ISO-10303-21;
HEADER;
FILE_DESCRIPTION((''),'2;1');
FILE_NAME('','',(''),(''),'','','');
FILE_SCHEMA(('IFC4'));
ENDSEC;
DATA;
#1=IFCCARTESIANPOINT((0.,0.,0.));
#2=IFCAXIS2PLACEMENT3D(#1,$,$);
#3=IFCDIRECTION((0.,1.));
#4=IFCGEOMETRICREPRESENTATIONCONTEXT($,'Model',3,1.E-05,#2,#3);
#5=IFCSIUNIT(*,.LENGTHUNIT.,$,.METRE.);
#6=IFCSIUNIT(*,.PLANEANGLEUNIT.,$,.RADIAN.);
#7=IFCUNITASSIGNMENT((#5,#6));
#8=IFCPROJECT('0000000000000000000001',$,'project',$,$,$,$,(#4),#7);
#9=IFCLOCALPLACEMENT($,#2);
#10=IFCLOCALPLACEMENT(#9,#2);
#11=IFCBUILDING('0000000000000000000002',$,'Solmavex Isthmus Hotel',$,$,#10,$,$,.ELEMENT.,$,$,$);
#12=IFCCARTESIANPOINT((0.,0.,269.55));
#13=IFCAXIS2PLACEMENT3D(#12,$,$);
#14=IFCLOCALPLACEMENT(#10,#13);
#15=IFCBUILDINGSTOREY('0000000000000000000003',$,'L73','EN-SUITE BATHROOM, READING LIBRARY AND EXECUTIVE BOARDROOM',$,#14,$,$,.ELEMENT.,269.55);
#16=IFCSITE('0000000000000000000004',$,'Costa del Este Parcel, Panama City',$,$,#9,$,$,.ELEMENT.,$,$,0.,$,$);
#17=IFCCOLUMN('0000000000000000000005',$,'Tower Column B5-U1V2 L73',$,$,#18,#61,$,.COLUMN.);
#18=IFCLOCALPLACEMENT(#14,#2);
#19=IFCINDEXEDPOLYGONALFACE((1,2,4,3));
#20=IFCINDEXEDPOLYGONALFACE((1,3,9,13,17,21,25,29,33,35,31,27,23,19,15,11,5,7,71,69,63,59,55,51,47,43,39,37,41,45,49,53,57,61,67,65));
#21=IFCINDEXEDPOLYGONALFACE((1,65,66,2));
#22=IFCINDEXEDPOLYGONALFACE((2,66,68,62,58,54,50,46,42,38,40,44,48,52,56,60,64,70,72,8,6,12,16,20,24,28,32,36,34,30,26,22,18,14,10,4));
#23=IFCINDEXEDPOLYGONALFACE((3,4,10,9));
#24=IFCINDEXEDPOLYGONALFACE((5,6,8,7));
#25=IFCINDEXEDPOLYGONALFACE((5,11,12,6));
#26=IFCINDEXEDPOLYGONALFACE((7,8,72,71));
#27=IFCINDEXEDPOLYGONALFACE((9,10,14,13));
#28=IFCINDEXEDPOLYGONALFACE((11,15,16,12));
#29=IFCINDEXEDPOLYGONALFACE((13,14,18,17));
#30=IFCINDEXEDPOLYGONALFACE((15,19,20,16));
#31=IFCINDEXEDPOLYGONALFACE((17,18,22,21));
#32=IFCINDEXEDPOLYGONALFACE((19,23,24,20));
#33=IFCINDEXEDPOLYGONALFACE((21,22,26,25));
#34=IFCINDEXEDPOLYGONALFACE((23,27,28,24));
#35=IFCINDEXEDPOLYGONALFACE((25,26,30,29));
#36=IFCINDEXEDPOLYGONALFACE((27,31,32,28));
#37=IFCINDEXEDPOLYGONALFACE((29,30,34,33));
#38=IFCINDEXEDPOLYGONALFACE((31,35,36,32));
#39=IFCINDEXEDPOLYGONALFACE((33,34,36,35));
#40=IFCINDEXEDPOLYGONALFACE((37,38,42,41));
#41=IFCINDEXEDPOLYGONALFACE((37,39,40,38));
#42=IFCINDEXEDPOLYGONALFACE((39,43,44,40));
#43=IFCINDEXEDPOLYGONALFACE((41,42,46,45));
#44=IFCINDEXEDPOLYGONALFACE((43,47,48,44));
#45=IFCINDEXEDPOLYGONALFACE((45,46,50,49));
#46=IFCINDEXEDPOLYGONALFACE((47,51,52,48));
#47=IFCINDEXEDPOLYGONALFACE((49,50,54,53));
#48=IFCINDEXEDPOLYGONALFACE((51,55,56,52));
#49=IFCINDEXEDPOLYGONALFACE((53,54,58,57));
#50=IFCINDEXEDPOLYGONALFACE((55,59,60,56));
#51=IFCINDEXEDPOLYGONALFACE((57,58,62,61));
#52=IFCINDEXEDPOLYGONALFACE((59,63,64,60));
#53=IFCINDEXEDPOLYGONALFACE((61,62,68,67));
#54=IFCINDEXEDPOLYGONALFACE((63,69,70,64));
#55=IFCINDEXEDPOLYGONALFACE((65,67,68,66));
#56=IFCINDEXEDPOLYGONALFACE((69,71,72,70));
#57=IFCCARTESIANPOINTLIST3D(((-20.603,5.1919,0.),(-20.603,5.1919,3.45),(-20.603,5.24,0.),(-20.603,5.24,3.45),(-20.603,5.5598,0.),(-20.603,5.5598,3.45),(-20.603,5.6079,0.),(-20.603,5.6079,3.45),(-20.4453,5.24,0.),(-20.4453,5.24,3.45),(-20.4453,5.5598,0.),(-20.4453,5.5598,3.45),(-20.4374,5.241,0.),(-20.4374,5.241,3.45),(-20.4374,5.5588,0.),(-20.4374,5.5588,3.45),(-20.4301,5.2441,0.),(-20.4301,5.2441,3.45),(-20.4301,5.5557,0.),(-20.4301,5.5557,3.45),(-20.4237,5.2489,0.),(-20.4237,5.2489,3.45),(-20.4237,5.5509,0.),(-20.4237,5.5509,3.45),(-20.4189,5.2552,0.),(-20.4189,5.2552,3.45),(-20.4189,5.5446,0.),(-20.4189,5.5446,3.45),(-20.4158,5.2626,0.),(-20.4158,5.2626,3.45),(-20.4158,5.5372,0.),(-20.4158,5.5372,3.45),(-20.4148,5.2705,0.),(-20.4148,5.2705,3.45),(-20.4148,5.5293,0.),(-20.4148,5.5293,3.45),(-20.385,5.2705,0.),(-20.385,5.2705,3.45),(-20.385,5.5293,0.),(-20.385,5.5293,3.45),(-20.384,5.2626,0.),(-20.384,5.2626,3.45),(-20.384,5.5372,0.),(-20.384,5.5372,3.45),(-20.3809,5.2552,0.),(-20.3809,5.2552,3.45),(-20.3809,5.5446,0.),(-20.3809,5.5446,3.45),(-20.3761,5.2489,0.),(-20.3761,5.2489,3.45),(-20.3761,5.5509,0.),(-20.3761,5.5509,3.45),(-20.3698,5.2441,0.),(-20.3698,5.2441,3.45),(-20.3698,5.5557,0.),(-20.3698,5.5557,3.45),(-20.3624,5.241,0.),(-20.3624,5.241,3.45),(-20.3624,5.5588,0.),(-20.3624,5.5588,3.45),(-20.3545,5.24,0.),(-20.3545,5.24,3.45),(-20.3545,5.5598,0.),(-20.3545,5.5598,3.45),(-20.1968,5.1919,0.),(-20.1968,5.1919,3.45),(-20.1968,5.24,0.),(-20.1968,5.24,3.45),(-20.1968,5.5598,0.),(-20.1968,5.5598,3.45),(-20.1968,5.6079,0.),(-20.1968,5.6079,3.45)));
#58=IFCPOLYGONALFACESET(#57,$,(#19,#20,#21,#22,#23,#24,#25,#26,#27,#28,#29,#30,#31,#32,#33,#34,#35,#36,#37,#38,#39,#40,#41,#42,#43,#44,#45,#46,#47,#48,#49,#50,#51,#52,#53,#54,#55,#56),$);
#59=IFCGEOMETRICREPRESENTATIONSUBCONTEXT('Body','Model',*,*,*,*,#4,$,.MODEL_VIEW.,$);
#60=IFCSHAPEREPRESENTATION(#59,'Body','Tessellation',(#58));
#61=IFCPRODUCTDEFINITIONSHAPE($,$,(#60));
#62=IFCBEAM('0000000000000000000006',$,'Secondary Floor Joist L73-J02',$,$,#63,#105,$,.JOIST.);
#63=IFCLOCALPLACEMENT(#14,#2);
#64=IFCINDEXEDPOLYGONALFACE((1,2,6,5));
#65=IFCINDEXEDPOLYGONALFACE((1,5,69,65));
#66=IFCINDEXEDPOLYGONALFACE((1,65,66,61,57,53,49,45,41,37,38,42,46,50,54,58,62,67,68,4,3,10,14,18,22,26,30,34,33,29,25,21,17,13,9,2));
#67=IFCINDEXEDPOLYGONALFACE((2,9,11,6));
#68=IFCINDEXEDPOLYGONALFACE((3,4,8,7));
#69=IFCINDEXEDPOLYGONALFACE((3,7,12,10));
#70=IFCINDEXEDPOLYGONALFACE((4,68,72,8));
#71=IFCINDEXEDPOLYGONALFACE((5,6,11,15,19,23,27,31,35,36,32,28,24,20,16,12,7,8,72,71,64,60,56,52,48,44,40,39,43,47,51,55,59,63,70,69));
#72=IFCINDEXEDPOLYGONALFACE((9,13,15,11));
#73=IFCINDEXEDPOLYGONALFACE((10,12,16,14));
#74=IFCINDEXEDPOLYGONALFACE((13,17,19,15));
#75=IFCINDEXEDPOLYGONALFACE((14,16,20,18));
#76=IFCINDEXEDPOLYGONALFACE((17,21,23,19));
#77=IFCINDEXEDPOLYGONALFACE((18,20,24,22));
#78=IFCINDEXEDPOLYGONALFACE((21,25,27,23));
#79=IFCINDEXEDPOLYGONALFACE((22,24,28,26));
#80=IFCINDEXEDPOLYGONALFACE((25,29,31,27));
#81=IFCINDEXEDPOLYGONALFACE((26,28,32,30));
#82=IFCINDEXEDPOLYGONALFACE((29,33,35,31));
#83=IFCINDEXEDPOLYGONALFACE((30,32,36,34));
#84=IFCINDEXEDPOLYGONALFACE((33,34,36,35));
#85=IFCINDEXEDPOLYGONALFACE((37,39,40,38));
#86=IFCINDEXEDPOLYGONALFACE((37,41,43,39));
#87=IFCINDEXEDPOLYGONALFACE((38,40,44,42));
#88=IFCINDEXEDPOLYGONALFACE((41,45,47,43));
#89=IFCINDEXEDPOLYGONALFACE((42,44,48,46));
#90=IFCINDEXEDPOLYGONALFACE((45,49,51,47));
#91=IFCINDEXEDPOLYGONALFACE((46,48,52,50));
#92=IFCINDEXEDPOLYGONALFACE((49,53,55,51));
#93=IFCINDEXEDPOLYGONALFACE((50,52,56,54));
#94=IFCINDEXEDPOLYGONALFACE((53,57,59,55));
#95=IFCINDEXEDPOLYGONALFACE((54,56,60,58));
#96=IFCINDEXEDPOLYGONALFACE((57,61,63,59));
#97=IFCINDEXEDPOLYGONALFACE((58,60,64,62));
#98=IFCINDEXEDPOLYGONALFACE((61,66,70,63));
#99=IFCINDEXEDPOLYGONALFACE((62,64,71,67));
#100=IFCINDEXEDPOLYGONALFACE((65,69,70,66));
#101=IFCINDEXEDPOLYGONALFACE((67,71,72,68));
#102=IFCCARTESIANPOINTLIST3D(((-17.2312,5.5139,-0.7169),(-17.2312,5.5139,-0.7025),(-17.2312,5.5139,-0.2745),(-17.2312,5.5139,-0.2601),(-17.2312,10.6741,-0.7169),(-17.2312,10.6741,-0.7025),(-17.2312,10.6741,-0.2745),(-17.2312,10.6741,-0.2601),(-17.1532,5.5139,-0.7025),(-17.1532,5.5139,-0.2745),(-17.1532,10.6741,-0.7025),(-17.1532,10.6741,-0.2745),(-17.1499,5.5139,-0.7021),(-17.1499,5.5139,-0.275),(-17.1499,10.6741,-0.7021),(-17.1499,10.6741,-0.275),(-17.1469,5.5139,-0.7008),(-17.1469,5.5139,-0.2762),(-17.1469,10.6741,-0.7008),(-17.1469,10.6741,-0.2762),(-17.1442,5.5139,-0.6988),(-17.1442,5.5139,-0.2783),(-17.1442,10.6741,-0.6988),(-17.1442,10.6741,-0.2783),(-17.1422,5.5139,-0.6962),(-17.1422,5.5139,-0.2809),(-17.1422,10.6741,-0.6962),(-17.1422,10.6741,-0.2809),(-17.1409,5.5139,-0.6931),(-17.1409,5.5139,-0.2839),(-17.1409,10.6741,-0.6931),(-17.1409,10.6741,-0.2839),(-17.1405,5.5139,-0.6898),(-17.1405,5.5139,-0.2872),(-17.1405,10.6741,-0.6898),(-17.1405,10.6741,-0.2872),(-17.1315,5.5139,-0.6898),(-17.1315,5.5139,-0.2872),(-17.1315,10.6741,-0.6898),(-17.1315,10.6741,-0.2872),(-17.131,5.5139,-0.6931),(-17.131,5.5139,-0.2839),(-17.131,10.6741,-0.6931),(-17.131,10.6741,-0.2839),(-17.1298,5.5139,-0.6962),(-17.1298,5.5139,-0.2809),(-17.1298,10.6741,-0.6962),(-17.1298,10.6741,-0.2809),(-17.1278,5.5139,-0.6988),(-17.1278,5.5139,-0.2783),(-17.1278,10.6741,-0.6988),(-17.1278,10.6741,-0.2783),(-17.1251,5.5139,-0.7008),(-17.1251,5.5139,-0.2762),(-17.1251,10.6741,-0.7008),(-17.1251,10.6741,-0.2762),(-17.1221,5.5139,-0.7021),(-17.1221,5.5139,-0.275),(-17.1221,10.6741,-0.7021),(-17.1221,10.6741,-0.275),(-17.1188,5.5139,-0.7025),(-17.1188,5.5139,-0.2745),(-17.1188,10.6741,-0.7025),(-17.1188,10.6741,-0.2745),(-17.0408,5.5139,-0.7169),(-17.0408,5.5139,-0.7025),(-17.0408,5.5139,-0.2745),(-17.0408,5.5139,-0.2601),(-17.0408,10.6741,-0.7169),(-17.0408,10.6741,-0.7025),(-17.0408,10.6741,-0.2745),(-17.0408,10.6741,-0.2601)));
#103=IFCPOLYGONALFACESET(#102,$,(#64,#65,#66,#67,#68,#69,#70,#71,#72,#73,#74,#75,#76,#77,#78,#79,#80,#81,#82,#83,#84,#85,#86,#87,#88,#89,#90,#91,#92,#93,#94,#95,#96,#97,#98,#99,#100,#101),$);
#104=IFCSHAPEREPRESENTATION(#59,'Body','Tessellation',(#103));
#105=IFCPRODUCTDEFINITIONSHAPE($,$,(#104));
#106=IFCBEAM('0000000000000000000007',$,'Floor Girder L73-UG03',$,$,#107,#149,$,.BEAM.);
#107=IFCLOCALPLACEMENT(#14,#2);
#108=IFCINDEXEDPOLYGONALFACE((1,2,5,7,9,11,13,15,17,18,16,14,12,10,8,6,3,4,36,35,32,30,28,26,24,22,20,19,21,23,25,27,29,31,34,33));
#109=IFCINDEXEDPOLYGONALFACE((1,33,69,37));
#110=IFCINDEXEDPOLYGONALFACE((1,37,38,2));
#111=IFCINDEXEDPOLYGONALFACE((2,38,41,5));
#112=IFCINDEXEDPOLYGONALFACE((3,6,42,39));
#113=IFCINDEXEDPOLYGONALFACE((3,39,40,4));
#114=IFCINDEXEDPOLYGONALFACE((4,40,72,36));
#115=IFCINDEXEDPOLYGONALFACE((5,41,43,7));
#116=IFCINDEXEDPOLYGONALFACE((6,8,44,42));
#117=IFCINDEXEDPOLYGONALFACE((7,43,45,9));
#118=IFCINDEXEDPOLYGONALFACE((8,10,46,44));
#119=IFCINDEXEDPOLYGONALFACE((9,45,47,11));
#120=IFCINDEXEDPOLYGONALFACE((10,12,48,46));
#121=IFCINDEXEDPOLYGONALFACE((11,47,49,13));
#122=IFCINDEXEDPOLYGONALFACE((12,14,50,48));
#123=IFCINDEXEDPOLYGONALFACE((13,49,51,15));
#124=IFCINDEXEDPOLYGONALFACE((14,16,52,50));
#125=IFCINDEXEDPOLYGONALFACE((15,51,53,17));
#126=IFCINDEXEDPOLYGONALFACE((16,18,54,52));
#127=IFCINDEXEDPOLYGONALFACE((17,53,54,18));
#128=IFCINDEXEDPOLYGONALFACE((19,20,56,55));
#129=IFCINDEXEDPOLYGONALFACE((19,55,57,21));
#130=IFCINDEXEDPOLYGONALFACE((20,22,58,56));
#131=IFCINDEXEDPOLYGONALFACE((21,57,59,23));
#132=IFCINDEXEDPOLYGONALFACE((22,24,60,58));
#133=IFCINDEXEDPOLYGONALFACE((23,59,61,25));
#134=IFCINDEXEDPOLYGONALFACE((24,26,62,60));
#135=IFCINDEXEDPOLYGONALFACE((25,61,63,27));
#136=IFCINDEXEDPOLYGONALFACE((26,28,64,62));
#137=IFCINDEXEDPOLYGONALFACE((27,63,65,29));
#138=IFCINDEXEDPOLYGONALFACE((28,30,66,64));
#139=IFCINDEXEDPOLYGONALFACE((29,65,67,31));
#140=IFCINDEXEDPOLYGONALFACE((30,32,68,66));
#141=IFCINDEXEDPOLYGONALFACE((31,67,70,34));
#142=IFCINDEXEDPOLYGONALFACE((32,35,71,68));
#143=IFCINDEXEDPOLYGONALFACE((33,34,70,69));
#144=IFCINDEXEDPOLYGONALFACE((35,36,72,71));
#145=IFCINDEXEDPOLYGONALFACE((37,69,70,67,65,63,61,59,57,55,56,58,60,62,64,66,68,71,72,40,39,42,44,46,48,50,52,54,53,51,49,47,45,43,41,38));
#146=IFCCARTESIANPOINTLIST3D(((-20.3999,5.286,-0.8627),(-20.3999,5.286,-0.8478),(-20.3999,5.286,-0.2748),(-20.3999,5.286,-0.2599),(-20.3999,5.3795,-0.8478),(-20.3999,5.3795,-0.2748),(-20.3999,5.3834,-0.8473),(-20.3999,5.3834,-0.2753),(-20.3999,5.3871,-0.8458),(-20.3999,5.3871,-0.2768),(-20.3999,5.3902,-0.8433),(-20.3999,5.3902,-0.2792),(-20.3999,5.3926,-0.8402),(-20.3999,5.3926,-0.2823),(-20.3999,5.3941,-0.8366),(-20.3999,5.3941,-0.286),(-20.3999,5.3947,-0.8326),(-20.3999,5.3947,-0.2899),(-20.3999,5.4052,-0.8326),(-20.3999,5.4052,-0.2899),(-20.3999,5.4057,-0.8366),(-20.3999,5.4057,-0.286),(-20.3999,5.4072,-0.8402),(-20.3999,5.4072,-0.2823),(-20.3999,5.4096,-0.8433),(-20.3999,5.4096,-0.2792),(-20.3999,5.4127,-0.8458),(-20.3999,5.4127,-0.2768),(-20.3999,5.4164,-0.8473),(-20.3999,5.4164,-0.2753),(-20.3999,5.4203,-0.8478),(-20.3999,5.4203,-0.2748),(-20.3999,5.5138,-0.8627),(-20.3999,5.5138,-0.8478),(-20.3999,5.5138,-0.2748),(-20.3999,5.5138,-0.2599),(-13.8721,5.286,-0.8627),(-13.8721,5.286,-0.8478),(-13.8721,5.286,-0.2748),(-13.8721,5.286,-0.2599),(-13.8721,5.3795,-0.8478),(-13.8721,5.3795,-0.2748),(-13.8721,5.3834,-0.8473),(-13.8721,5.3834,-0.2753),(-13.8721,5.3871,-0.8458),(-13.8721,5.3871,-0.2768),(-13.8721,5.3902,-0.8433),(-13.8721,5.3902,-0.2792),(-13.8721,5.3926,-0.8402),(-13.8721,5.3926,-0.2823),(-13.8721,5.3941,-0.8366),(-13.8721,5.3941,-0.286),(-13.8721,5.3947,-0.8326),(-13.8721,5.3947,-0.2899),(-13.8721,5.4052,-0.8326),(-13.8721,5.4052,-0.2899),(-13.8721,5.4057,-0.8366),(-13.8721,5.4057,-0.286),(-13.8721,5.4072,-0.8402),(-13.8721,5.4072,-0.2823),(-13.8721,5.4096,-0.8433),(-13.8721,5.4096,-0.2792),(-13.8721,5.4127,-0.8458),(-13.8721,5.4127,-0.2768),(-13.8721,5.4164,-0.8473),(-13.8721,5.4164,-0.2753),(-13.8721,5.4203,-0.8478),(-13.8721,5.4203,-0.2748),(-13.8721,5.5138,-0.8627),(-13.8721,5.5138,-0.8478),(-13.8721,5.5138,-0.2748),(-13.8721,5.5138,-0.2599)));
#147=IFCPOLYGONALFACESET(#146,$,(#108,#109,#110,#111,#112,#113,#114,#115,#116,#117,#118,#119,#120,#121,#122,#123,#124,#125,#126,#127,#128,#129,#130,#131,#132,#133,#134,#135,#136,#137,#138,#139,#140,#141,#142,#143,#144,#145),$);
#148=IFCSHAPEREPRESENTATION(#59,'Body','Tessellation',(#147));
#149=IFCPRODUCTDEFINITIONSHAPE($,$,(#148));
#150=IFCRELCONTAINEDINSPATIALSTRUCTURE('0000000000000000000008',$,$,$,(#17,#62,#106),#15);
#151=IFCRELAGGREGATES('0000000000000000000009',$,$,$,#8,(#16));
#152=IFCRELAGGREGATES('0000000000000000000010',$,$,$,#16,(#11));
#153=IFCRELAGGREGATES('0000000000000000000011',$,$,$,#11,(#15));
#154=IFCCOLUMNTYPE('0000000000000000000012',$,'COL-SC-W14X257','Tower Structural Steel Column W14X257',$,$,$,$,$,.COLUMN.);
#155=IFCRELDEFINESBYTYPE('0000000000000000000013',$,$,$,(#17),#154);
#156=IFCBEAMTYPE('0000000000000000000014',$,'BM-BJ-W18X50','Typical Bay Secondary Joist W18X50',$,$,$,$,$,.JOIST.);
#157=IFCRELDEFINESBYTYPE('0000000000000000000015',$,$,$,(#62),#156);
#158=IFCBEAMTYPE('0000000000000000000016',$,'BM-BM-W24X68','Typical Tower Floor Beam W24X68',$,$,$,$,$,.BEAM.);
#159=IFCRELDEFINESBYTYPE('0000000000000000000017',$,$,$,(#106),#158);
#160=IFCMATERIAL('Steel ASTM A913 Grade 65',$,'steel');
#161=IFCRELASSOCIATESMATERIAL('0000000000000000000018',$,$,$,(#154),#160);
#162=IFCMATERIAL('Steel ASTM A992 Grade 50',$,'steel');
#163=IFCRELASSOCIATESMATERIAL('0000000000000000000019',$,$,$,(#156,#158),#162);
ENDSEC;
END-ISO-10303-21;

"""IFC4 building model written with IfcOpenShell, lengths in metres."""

from ifc_helpers import new_model, si_unit, direction, frame, origin, origin_2d, place, context, subcontext, project, spatial, i_section, extrude, material, material_profile, profile_set, type_object, element, save


model = new_model("IFC4")

# Units and contexts
model_context = context("Model", 3, precision=1e-05, world=origin(), true_north=direction((0.0, 1.0)))
body_context = subcontext(model_context, "Body", "Model", "MODEL_VIEW")
ifc_project = project(units=[si_unit("LENGTHUNIT", "METRE"), si_unit("PLANEANGLEUNIT", "RADIAN")], contexts=[model_context])

# Site, building, storey
site_placement = place(None, origin())
site = spatial("IfcSite", under=ifc_project, at=site_placement, Name="Costa del Este Parcel, Panama City", CompositionType="ELEMENT", RefElevation=0.0)
building_placement = place(site_placement, origin())
building = spatial("IfcBuilding", under=site, at=building_placement, Name="Solmavex Isthmus Hotel", CompositionType="ELEMENT")
storey_placement = place(building_placement, frame((0.0, 0.0, 269.55)))
storey = spatial("IfcBuildingStorey", under=building, at=storey_placement, Name="L73", Description="EN-SUITE BATHROOM, READING LIBRARY AND EXECUTIVE BOARDROOM", CompositionType="ELEMENT", Elevation=269.55)

# Column
ifc_material_1 = material(Name="Steel ASTM A913 Grade 65", Category="steel")
ifc_material_profile_1 = material_profile(ifc_material_1, i_section(OverallWidth=0.4062, OverallDepth=0.416, WebThickness=0.0298, FlangeThickness=0.0481, FilletRadius=0.0305, at=origin_2d()), Name="W14X257")
ifc_profile_set_1 = profile_set([ifc_material_profile_1], Name="Steel ASTM A913 Grade 65")
column_type = type_object("IfcColumnType", Name="COL-SC-W14X257", Description="Tower Structural Steel Column W14X257", PredefinedType="COLUMN", material=ifc_profile_set_1)
column_placement = place(storey_placement, frame((-20.3999, 5.3999, 0.0), z_axis=(0.0, 0.0, 1.0), x_axis=(1.0, 0.0, 0.0)))
element("IfcColumn", 1, at=column_placement, inside=storey, type_object=column_type, Name="Tower Column B5-U1V2 L73", PredefinedType="COLUMN", context=body_context, shape_type="SweptSolid", body=[
    extrude(i_section(OverallWidth=0.4062, OverallDepth=0.416, WebThickness=0.0298, FlangeThickness=0.0481, FilletRadius=0.0305, at=origin_2d()), origin(), (0.0, 0.0, 1.0), 3.45),
])

# Beams
ifc_material_2 = material(Name="Steel ASTM A992 Grade 50", Category="steel")
ifc_material_profile_2 = material_profile(ifc_material_2, i_section(OverallWidth=0.1904, OverallDepth=0.4568, WebThickness=0.009, FlangeThickness=0.0144, FilletRadius=0.0127, at=origin_2d()), Name="W18X50")
ifc_profile_set_2 = profile_set([ifc_material_profile_2], Name="Steel ASTM A992 Grade 50")
beam_type_1 = type_object("IfcBeamType", Name="BM-BJ-W18X50", Description="Typical Bay Secondary Joist W18X50", PredefinedType="JOIST", material=ifc_profile_set_2)
beam_1_placement = place(storey_placement, frame((-17.136, 5.5139, -0.4885), z_axis=(0.0, 1.0, 0.0), x_axis=(-1.0, 0.0, 0.0)))
element("IfcBeam", 2, at=beam_1_placement, inside=storey, type_object=beam_type_1, Name="Secondary Floor Joist L73-J02", PredefinedType="JOIST", context=body_context, shape_type="SweptSolid", body=[
    extrude(i_section(OverallWidth=0.1904, OverallDepth=0.4568, WebThickness=0.009, FlangeThickness=0.0144, FilletRadius=0.0127, at=origin_2d()), origin(), (0.0, 0.0, 1.0), 5.1602),
])
ifc_material_profile_3 = material_profile(ifc_material_2, i_section(OverallWidth=0.2278, OverallDepth=0.6028, WebThickness=0.0105, FlangeThickness=0.0149, FilletRadius=0.0151, at=origin_2d()), Name="W24X68")
ifc_profile_set_3 = profile_set([ifc_material_profile_3], Name="Steel ASTM A992 Grade 50")
beam_type_2 = type_object("IfcBeamType", Name="BM-BM-W24X68", Description="Typical Tower Floor Beam W24X68", PredefinedType="BEAM", material=ifc_profile_set_3)
beam_2_placement = place(storey_placement, frame((-20.3999, 5.3999, -0.5613), z_axis=(1.0, 0.0, 0.0), x_axis=(0.0, 1.0, 0.0)))
element("IfcBeam", 3, at=beam_2_placement, inside=storey, type_object=beam_type_2, Name="Floor Girder L73-UG03", PredefinedType="BEAM", context=body_context, shape_type="SweptSolid", body=[
    extrude(i_section(OverallWidth=0.2278, OverallDepth=0.6028, WebThickness=0.0105, FlangeThickness=0.0149, FilletRadius=0.0151, at=origin_2d()), origin(), (0.0, 0.0, 1.0), 6.5278),
])

save(model, "model.ifc")
